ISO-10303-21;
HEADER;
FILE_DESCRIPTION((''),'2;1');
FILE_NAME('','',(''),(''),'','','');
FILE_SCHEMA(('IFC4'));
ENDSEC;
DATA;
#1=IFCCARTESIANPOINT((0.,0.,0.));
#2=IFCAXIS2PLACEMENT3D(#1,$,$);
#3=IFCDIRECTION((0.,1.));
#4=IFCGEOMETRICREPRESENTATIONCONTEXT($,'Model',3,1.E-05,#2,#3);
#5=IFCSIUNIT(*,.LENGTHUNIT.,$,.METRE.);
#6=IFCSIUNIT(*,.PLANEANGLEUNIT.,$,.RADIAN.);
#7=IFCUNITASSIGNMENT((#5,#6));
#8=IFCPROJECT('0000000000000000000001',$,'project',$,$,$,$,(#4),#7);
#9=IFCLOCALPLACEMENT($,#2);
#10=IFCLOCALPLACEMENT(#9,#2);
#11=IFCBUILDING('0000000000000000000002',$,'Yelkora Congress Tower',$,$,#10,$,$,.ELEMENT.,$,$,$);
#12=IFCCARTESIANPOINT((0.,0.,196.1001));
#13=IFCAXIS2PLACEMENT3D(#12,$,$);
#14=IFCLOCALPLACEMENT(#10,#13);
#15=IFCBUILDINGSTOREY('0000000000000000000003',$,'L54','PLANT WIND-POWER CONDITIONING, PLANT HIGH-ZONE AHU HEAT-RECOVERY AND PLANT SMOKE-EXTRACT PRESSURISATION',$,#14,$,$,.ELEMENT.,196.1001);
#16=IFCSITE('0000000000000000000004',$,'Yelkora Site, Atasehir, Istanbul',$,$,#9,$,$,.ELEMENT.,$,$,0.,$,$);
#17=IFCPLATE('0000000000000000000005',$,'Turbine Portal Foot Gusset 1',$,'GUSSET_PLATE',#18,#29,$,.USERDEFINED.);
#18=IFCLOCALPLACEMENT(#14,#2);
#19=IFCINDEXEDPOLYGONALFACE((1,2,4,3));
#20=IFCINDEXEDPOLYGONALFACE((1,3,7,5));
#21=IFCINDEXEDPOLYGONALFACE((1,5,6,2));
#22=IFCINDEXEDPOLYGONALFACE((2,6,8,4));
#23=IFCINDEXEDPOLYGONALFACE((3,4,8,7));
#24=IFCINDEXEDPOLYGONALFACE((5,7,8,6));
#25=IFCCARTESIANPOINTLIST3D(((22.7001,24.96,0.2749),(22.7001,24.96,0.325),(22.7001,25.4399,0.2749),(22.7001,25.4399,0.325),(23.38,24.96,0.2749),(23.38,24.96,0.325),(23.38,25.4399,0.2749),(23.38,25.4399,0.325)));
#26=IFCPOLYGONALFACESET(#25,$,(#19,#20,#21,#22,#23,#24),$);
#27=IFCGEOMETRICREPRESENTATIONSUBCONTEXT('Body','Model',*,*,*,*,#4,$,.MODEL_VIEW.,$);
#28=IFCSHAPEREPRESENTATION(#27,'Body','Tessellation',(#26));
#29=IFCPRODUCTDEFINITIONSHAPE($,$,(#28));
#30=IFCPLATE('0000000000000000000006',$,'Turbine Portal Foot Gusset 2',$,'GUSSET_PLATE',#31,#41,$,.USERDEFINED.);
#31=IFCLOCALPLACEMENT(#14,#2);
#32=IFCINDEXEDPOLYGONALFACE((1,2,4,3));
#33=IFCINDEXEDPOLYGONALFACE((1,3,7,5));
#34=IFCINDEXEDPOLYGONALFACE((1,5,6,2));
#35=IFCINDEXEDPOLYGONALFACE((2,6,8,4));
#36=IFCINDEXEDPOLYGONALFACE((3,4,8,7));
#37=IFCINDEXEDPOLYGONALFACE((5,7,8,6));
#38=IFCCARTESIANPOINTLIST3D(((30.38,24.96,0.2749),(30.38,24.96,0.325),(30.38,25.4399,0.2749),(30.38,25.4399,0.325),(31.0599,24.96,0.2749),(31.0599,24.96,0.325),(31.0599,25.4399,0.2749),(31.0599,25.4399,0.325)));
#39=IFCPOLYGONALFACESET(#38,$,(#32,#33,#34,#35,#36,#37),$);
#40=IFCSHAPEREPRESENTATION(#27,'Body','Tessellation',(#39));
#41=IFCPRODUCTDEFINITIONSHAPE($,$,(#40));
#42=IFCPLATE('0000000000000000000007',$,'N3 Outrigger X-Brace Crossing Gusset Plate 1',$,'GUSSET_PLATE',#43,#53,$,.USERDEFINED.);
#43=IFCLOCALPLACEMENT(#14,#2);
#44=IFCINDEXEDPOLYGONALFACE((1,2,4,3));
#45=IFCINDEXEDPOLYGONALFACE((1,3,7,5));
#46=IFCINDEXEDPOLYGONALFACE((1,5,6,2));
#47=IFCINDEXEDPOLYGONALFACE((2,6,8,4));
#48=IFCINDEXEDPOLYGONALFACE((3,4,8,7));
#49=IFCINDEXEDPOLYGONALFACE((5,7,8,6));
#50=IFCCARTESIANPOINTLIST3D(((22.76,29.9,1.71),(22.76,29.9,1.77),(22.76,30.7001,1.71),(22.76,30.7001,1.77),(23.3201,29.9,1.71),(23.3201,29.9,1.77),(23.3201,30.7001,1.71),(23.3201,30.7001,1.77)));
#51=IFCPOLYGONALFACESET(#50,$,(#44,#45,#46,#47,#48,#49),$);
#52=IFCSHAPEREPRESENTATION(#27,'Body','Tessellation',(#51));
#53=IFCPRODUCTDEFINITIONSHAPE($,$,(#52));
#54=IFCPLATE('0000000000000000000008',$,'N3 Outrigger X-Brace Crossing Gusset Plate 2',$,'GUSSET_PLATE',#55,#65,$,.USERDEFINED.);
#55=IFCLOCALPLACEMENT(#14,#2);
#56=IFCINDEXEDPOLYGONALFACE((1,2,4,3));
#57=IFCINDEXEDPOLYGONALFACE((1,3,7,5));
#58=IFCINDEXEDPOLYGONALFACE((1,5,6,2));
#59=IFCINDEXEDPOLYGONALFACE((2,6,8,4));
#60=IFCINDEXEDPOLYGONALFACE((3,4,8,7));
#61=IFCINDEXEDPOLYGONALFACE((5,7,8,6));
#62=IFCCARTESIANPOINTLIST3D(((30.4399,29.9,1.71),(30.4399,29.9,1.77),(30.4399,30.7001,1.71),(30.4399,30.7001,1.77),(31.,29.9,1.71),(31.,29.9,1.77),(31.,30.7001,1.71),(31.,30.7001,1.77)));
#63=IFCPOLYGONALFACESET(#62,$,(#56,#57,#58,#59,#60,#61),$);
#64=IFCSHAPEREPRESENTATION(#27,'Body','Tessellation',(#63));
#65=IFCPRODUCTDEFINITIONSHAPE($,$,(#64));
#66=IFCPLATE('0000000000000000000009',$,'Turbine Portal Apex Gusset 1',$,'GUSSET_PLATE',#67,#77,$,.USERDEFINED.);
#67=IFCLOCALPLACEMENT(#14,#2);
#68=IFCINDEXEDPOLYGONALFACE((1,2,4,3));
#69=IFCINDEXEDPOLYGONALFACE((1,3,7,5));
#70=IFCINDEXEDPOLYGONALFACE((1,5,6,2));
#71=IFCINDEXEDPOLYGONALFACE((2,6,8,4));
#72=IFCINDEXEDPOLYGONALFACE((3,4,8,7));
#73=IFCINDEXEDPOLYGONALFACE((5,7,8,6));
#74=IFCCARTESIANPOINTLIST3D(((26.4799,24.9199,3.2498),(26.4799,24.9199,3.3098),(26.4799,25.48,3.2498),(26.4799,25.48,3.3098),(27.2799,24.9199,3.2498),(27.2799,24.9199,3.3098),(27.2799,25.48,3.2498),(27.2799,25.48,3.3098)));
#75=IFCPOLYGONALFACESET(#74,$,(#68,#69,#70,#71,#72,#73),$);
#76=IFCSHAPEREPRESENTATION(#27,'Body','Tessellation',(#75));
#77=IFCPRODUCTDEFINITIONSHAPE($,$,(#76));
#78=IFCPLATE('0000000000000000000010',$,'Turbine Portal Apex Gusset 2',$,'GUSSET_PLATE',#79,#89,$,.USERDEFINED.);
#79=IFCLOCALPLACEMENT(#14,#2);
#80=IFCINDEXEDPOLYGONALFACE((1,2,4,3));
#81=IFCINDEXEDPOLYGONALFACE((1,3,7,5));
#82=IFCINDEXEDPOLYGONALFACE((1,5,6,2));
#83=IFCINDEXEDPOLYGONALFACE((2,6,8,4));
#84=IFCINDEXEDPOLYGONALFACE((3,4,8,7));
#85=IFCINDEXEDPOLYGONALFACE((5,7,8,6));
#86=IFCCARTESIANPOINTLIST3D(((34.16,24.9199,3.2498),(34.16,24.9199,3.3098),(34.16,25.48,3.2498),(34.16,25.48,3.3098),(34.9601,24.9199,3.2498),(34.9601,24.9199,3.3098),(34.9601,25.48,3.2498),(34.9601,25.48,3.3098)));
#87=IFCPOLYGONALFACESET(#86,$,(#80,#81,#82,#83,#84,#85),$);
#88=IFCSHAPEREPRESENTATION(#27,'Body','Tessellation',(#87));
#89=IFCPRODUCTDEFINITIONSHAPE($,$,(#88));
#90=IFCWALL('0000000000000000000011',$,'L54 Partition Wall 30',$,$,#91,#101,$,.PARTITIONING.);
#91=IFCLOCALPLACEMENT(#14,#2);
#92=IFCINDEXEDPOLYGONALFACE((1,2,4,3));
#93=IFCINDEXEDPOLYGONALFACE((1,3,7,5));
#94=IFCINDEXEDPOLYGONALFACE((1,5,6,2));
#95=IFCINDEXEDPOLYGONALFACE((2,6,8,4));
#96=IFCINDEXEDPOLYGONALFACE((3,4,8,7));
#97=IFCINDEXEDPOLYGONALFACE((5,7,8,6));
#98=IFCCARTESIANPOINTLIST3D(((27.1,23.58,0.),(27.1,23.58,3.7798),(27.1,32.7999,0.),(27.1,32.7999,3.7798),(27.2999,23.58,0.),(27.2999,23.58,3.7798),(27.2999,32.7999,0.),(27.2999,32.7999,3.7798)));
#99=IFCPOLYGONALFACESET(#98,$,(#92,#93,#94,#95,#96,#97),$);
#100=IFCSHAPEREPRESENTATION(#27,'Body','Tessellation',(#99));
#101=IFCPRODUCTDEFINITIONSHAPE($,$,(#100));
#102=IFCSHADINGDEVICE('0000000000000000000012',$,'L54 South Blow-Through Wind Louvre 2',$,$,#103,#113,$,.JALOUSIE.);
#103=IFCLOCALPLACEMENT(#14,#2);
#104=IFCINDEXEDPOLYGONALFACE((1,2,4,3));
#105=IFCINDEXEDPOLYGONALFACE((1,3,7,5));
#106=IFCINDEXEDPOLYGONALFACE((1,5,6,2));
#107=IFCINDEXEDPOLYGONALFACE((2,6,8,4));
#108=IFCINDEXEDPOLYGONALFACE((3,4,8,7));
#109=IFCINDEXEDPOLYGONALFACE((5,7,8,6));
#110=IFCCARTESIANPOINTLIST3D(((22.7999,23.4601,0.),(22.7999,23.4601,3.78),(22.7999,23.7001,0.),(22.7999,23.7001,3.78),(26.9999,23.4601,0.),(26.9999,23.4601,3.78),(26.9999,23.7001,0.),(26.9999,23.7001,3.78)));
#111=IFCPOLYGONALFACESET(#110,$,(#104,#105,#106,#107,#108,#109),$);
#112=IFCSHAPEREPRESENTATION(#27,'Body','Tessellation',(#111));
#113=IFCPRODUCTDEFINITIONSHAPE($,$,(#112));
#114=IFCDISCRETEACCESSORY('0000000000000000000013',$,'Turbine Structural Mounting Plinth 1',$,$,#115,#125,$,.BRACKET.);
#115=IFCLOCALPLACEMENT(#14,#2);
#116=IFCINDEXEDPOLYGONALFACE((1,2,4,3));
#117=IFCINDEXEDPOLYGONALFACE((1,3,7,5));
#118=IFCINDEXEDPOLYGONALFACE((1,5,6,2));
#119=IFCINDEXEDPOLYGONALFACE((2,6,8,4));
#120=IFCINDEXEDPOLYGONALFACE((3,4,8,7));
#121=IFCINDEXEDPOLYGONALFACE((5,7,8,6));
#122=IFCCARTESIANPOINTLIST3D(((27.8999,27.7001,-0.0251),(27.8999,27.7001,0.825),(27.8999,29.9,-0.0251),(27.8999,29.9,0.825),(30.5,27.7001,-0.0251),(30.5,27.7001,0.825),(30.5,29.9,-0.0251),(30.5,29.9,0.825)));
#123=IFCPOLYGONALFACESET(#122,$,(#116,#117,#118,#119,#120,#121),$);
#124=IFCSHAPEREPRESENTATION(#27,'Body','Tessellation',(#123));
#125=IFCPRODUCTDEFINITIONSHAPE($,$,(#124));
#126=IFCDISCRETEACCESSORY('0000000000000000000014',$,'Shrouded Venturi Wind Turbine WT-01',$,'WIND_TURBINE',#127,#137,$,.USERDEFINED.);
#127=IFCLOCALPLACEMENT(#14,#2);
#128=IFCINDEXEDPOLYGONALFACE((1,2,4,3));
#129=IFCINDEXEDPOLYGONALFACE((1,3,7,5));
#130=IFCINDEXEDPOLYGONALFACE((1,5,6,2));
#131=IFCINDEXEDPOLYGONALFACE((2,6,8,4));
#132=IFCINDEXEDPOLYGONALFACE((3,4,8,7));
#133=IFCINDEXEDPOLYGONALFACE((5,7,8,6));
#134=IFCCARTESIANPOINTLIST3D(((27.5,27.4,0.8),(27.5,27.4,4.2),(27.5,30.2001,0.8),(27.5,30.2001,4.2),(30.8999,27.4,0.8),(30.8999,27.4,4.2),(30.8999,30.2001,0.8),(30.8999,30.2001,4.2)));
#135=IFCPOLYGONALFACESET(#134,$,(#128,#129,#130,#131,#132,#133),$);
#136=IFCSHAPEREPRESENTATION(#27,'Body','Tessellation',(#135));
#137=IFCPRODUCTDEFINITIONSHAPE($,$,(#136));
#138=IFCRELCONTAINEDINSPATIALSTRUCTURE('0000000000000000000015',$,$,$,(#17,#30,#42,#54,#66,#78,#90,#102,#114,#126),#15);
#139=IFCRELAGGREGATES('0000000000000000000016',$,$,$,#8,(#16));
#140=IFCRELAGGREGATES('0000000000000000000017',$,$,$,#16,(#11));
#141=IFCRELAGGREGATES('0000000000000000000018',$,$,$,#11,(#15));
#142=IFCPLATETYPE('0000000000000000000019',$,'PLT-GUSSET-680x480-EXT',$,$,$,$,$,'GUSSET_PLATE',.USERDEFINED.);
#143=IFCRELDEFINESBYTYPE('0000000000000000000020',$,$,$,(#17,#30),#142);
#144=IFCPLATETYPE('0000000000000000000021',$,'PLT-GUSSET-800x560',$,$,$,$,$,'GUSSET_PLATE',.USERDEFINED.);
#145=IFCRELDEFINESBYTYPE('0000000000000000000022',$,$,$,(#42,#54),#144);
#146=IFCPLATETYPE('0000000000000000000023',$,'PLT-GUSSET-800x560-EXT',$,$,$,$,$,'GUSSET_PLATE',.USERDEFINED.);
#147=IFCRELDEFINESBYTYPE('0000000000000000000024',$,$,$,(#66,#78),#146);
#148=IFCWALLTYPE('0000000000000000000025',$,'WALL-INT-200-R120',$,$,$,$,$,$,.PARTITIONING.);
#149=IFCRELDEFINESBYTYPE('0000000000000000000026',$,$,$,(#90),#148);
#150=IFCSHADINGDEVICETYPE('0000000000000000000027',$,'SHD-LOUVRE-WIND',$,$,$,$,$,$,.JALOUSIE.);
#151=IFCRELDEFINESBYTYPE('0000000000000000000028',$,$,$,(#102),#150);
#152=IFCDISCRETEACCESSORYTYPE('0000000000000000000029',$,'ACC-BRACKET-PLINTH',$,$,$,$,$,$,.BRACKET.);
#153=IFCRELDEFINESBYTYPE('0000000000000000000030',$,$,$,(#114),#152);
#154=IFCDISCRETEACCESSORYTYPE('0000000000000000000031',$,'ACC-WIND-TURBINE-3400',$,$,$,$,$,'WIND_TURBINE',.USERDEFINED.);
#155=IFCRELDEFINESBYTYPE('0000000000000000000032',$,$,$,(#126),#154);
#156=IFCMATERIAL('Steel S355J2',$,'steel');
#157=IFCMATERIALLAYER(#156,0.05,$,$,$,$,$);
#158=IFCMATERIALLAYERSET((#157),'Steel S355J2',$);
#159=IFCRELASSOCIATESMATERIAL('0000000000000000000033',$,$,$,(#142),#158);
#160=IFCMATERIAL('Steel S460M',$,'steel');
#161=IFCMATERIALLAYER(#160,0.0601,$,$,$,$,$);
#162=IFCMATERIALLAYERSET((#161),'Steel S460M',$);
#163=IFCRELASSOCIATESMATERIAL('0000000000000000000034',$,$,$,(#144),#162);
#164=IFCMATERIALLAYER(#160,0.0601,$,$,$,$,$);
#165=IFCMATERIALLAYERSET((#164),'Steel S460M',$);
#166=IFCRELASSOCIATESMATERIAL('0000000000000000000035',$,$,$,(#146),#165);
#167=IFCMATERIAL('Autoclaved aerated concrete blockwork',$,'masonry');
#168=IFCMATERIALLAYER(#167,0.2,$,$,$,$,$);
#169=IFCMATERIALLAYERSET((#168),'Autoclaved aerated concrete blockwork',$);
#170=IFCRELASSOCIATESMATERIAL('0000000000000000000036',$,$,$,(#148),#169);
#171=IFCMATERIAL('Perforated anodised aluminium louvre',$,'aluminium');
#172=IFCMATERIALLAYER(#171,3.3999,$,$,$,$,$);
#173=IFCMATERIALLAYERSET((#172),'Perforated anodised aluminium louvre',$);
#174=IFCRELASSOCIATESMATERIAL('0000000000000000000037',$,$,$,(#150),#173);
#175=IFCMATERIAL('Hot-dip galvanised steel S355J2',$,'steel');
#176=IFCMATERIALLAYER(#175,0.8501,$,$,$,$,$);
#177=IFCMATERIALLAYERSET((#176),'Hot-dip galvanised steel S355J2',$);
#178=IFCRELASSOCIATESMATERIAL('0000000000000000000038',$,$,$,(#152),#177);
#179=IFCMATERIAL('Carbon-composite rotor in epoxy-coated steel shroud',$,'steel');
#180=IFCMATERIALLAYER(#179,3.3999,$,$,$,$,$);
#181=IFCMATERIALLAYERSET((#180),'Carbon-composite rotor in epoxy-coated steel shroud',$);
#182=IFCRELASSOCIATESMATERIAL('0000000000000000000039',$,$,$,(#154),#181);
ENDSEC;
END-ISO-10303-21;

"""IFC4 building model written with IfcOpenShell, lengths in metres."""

from ifc_helpers import new_model, si_unit, direction, frame, frame_2d, origin, origin_2d, place, context, subcontext, project, spatial, rectangle, extrude, material, layer, layer_set, type_object, element, save


model = new_model("IFC4")

# Units and contexts
model_context = context("Model", 3, precision=1e-05, world=origin(), true_north=direction((0.0, 1.0)))
body_context = subcontext(model_context, "Body", "Model", "MODEL_VIEW")
ifc_project = project(units=[si_unit("LENGTHUNIT", "METRE"), si_unit("PLANEANGLEUNIT", "RADIAN")], contexts=[model_context])

# Site, building, storey
site_placement = place(None, origin())
site = spatial("IfcSite", under=ifc_project, at=site_placement, Name="Yelkora Site, Atasehir, Istanbul", CompositionType="ELEMENT", RefElevation=0.0)
building_placement = place(site_placement, origin())
building = spatial("IfcBuilding", under=site, at=building_placement, Name="Yelkora Congress Tower", CompositionType="ELEMENT")
storey_placement = place(building_placement, frame((0.0, 0.0, 196.1001)))
storey = spatial("IfcBuildingStorey", under=building, at=storey_placement, Name="L54", Description="PLANT WIND-POWER CONDITIONING, PLANT HIGH-ZONE AHU HEAT-RECOVERY AND PLANT SMOKE-EXTRACT PRESSURISATION", CompositionType="ELEMENT", Elevation=196.1001)

# Shared definitions
ifc_material_1 = material(Name="Steel S460M", Category="steel")

# Shared definitions
ifc_material_2 = material(Name="Steel S355J2", Category="steel")

# Plates
ifc_layer_1 = layer(ifc_material_2, 0.05)
ifc_layer_set_1 = layer_set([ifc_layer_1], Name="Steel S355J2")
plate_type_1 = type_object("IfcPlateType", Name="PLT-GUSSET-680x480-EXT", ElementType="GUSSET_PLATE", PredefinedType="USERDEFINED", material=ifc_layer_set_1)
for number, where, z_axis, x_axis, name in (
    (1, (23.04, 25.2, 0.2749), (0.0, 0.0, 1.0), (1.0, 0.0, 0.0), "Turbine Portal Foot Gusset 1"),
    (2, (30.72, 25.2, 0.2749), (0.0, 0.0, 1.0), (1.0, 0.0, 0.0), "Turbine Portal Foot Gusset 2"),
):
    element("IfcPlate", number, at=place(storey_placement, frame(where, z_axis=z_axis, x_axis=x_axis)), inside=storey, type_object=plate_type_1, Name=name, ObjectType="GUSSET_PLATE", PredefinedType="USERDEFINED", context=body_context, shape_type="SweptSolid", body=[
        extrude(rectangle(XDim=0.6799, YDim=0.48, at=origin_2d()), origin(), (0.0, 0.0, 1.0), 0.05),
    ])
ifc_layer_2 = layer(ifc_material_1, 0.0601)
ifc_layer_set_2 = layer_set([ifc_layer_2], Name="Steel S460M")
plate_type_2 = type_object("IfcPlateType", Name="PLT-GUSSET-800x560", ElementType="GUSSET_PLATE", PredefinedType="USERDEFINED", material=ifc_layer_set_2)
for number, where, z_axis, x_axis, name in (
    (3, (23.04, 30.3, 1.71), (0.0, 0.0, 1.0), (0.0, 1.0, 0.0), "N3 Outrigger X-Brace Crossing Gusset Plate 1"),
    (4, (30.72, 30.3, 1.71), (0.0, 0.0, 1.0), (0.0, 1.0, 0.0), "N3 Outrigger X-Brace Crossing Gusset Plate 2"),
):
    element("IfcPlate", number, at=place(storey_placement, frame(where, z_axis=z_axis, x_axis=x_axis)), inside=storey, type_object=plate_type_2, Name=name, ObjectType="GUSSET_PLATE", PredefinedType="USERDEFINED", context=body_context, shape_type="SweptSolid", body=[
        extrude(rectangle(XDim=0.8, YDim=0.5601, at=origin_2d()), origin(), (0.0, 0.0, 1.0), 0.0601),
    ])
ifc_layer_3 = layer(ifc_material_1, 0.0601)
ifc_layer_set_3 = layer_set([ifc_layer_3], Name="Steel S460M")
plate_type_3 = type_object("IfcPlateType", Name="PLT-GUSSET-800x560-EXT", ElementType="GUSSET_PLATE", PredefinedType="USERDEFINED", material=ifc_layer_set_3)
for number, where, z_axis, x_axis, name in (
    (5, (26.8799, 25.2, 3.2498), (0.0, 0.0, 1.0), (1.0, 0.0, 0.0), "Turbine Portal Apex Gusset 1"),
    (6, (34.5601, 25.2, 3.2498), (0.0, 0.0, 1.0), (1.0, 0.0, 0.0), "Turbine Portal Apex Gusset 2"),
):
    element("IfcPlate", number, at=place(storey_placement, frame(where, z_axis=z_axis, x_axis=x_axis)), inside=storey, type_object=plate_type_3, Name=name, ObjectType="GUSSET_PLATE", PredefinedType="USERDEFINED", context=body_context, shape_type="SweptSolid", body=[
        extrude(rectangle(XDim=0.8, YDim=0.5601, at=origin_2d()), origin(), (0.0, 0.0, 1.0), 0.0601),
    ])

# Wall
ifc_material_3 = material(Name="Autoclaved aerated concrete blockwork", Category="masonry")
ifc_layer_4 = layer(ifc_material_3, 0.2)
ifc_layer_set_4 = layer_set([ifc_layer_4], Name="Autoclaved aerated concrete blockwork")
wall_type = type_object("IfcWallType", Name="WALL-INT-200-R120", PredefinedType="PARTITIONING", material=ifc_layer_set_4)
wall_placement = place(storey_placement, frame((27.2, 23.5801, 0.0), z_axis=(0.0, 0.0, 1.0), x_axis=(0.0, 1.0, 0.0)))
element("IfcWall", 7, at=wall_placement, inside=storey, type_object=wall_type, Name="L54 Partition Wall 30", PredefinedType="PARTITIONING", context=body_context, shape_type="SweptSolid", body=[
    extrude(rectangle(XDim=9.22, YDim=0.2, at=frame_2d((4.6099, 0.0))), origin(), (0.0, 0.0, 1.0), 3.7798),
])

# Shading device
ifc_material_4 = material(Name="Perforated anodised aluminium louvre", Category="aluminium")
ifc_layer_5 = layer(ifc_material_4, 3.3999)
ifc_layer_set_5 = layer_set([ifc_layer_5], Name="Perforated anodised aluminium louvre")
shading_device_type = type_object("IfcShadingDeviceType", Name="SHD-LOUVRE-WIND", PredefinedType="JALOUSIE", material=ifc_layer_set_5)
shading_device_placement = place(storey_placement, frame((24.8999, 23.5801, 0.0), z_axis=(0.0, 0.0, 1.0), x_axis=(1.0, 0.0, 0.0)))
element("IfcShadingDevice", 8, at=shading_device_placement, inside=storey, type_object=shading_device_type, Name="L54 South Blow-Through Wind Louvre 2", PredefinedType="JALOUSIE", context=body_context, shape_type="SweptSolid", body=[
    extrude(rectangle(XDim=4.2, YDim=0.24, at=origin_2d()), origin(), (0.0, 0.0, 1.0), 3.78),
])

# Discrete accessories
ifc_material_5 = material(Name="Hot-dip galvanised steel S355J2", Category="steel")
ifc_layer_6 = layer(ifc_material_5, 0.8501)
ifc_layer_set_6 = layer_set([ifc_layer_6], Name="Hot-dip galvanised steel S355J2")
discrete_accessory_type_1 = type_object("IfcDiscreteAccessoryType", Name="ACC-BRACKET-PLINTH", PredefinedType="BRACKET", material=ifc_layer_set_6)
discrete_accessory_1_placement = place(storey_placement, frame((29.2, 28.8, -0.0251), z_axis=(0.0, 0.0, 1.0), x_axis=(1.0, 0.0, 0.0)))
element("IfcDiscreteAccessory", 9, at=discrete_accessory_1_placement, inside=storey, type_object=discrete_accessory_type_1, Name="Turbine Structural Mounting Plinth 1", PredefinedType="BRACKET", context=body_context, shape_type="SweptSolid", body=[
    extrude(rectangle(XDim=2.6001, YDim=2.2, at=origin_2d()), origin(), (0.0, 0.0, 1.0), 0.8501),
])
ifc_material_6 = material(Name="Carbon-composite rotor in epoxy-coated steel shroud", Category="steel")
ifc_layer_7 = layer(ifc_material_6, 3.3999)
ifc_layer_set_7 = layer_set([ifc_layer_7], Name="Carbon-composite rotor in epoxy-coated steel shroud")
discrete_accessory_type_2 = type_object("IfcDiscreteAccessoryType", Name="ACC-WIND-TURBINE-3400", ElementType="WIND_TURBINE", PredefinedType="USERDEFINED", material=ifc_layer_set_7)
discrete_accessory_2_placement = place(storey_placement, frame((29.2, 28.8, 0.8), z_axis=(0.0, 0.0, 1.0), x_axis=(1.0, 0.0, 0.0)))
element("IfcDiscreteAccessory", 10, at=discrete_accessory_2_placement, inside=storey, type_object=discrete_accessory_type_2, Name="Shrouded Venturi Wind Turbine WT-01", ObjectType="WIND_TURBINE", PredefinedType="USERDEFINED", context=body_context, shape_type="SweptSolid", body=[
    extrude(rectangle(XDim=3.3999, YDim=2.8, at=origin_2d()), origin(), (0.0, 0.0, 1.0), 3.3999),
])

save(model, "model.ifc")
